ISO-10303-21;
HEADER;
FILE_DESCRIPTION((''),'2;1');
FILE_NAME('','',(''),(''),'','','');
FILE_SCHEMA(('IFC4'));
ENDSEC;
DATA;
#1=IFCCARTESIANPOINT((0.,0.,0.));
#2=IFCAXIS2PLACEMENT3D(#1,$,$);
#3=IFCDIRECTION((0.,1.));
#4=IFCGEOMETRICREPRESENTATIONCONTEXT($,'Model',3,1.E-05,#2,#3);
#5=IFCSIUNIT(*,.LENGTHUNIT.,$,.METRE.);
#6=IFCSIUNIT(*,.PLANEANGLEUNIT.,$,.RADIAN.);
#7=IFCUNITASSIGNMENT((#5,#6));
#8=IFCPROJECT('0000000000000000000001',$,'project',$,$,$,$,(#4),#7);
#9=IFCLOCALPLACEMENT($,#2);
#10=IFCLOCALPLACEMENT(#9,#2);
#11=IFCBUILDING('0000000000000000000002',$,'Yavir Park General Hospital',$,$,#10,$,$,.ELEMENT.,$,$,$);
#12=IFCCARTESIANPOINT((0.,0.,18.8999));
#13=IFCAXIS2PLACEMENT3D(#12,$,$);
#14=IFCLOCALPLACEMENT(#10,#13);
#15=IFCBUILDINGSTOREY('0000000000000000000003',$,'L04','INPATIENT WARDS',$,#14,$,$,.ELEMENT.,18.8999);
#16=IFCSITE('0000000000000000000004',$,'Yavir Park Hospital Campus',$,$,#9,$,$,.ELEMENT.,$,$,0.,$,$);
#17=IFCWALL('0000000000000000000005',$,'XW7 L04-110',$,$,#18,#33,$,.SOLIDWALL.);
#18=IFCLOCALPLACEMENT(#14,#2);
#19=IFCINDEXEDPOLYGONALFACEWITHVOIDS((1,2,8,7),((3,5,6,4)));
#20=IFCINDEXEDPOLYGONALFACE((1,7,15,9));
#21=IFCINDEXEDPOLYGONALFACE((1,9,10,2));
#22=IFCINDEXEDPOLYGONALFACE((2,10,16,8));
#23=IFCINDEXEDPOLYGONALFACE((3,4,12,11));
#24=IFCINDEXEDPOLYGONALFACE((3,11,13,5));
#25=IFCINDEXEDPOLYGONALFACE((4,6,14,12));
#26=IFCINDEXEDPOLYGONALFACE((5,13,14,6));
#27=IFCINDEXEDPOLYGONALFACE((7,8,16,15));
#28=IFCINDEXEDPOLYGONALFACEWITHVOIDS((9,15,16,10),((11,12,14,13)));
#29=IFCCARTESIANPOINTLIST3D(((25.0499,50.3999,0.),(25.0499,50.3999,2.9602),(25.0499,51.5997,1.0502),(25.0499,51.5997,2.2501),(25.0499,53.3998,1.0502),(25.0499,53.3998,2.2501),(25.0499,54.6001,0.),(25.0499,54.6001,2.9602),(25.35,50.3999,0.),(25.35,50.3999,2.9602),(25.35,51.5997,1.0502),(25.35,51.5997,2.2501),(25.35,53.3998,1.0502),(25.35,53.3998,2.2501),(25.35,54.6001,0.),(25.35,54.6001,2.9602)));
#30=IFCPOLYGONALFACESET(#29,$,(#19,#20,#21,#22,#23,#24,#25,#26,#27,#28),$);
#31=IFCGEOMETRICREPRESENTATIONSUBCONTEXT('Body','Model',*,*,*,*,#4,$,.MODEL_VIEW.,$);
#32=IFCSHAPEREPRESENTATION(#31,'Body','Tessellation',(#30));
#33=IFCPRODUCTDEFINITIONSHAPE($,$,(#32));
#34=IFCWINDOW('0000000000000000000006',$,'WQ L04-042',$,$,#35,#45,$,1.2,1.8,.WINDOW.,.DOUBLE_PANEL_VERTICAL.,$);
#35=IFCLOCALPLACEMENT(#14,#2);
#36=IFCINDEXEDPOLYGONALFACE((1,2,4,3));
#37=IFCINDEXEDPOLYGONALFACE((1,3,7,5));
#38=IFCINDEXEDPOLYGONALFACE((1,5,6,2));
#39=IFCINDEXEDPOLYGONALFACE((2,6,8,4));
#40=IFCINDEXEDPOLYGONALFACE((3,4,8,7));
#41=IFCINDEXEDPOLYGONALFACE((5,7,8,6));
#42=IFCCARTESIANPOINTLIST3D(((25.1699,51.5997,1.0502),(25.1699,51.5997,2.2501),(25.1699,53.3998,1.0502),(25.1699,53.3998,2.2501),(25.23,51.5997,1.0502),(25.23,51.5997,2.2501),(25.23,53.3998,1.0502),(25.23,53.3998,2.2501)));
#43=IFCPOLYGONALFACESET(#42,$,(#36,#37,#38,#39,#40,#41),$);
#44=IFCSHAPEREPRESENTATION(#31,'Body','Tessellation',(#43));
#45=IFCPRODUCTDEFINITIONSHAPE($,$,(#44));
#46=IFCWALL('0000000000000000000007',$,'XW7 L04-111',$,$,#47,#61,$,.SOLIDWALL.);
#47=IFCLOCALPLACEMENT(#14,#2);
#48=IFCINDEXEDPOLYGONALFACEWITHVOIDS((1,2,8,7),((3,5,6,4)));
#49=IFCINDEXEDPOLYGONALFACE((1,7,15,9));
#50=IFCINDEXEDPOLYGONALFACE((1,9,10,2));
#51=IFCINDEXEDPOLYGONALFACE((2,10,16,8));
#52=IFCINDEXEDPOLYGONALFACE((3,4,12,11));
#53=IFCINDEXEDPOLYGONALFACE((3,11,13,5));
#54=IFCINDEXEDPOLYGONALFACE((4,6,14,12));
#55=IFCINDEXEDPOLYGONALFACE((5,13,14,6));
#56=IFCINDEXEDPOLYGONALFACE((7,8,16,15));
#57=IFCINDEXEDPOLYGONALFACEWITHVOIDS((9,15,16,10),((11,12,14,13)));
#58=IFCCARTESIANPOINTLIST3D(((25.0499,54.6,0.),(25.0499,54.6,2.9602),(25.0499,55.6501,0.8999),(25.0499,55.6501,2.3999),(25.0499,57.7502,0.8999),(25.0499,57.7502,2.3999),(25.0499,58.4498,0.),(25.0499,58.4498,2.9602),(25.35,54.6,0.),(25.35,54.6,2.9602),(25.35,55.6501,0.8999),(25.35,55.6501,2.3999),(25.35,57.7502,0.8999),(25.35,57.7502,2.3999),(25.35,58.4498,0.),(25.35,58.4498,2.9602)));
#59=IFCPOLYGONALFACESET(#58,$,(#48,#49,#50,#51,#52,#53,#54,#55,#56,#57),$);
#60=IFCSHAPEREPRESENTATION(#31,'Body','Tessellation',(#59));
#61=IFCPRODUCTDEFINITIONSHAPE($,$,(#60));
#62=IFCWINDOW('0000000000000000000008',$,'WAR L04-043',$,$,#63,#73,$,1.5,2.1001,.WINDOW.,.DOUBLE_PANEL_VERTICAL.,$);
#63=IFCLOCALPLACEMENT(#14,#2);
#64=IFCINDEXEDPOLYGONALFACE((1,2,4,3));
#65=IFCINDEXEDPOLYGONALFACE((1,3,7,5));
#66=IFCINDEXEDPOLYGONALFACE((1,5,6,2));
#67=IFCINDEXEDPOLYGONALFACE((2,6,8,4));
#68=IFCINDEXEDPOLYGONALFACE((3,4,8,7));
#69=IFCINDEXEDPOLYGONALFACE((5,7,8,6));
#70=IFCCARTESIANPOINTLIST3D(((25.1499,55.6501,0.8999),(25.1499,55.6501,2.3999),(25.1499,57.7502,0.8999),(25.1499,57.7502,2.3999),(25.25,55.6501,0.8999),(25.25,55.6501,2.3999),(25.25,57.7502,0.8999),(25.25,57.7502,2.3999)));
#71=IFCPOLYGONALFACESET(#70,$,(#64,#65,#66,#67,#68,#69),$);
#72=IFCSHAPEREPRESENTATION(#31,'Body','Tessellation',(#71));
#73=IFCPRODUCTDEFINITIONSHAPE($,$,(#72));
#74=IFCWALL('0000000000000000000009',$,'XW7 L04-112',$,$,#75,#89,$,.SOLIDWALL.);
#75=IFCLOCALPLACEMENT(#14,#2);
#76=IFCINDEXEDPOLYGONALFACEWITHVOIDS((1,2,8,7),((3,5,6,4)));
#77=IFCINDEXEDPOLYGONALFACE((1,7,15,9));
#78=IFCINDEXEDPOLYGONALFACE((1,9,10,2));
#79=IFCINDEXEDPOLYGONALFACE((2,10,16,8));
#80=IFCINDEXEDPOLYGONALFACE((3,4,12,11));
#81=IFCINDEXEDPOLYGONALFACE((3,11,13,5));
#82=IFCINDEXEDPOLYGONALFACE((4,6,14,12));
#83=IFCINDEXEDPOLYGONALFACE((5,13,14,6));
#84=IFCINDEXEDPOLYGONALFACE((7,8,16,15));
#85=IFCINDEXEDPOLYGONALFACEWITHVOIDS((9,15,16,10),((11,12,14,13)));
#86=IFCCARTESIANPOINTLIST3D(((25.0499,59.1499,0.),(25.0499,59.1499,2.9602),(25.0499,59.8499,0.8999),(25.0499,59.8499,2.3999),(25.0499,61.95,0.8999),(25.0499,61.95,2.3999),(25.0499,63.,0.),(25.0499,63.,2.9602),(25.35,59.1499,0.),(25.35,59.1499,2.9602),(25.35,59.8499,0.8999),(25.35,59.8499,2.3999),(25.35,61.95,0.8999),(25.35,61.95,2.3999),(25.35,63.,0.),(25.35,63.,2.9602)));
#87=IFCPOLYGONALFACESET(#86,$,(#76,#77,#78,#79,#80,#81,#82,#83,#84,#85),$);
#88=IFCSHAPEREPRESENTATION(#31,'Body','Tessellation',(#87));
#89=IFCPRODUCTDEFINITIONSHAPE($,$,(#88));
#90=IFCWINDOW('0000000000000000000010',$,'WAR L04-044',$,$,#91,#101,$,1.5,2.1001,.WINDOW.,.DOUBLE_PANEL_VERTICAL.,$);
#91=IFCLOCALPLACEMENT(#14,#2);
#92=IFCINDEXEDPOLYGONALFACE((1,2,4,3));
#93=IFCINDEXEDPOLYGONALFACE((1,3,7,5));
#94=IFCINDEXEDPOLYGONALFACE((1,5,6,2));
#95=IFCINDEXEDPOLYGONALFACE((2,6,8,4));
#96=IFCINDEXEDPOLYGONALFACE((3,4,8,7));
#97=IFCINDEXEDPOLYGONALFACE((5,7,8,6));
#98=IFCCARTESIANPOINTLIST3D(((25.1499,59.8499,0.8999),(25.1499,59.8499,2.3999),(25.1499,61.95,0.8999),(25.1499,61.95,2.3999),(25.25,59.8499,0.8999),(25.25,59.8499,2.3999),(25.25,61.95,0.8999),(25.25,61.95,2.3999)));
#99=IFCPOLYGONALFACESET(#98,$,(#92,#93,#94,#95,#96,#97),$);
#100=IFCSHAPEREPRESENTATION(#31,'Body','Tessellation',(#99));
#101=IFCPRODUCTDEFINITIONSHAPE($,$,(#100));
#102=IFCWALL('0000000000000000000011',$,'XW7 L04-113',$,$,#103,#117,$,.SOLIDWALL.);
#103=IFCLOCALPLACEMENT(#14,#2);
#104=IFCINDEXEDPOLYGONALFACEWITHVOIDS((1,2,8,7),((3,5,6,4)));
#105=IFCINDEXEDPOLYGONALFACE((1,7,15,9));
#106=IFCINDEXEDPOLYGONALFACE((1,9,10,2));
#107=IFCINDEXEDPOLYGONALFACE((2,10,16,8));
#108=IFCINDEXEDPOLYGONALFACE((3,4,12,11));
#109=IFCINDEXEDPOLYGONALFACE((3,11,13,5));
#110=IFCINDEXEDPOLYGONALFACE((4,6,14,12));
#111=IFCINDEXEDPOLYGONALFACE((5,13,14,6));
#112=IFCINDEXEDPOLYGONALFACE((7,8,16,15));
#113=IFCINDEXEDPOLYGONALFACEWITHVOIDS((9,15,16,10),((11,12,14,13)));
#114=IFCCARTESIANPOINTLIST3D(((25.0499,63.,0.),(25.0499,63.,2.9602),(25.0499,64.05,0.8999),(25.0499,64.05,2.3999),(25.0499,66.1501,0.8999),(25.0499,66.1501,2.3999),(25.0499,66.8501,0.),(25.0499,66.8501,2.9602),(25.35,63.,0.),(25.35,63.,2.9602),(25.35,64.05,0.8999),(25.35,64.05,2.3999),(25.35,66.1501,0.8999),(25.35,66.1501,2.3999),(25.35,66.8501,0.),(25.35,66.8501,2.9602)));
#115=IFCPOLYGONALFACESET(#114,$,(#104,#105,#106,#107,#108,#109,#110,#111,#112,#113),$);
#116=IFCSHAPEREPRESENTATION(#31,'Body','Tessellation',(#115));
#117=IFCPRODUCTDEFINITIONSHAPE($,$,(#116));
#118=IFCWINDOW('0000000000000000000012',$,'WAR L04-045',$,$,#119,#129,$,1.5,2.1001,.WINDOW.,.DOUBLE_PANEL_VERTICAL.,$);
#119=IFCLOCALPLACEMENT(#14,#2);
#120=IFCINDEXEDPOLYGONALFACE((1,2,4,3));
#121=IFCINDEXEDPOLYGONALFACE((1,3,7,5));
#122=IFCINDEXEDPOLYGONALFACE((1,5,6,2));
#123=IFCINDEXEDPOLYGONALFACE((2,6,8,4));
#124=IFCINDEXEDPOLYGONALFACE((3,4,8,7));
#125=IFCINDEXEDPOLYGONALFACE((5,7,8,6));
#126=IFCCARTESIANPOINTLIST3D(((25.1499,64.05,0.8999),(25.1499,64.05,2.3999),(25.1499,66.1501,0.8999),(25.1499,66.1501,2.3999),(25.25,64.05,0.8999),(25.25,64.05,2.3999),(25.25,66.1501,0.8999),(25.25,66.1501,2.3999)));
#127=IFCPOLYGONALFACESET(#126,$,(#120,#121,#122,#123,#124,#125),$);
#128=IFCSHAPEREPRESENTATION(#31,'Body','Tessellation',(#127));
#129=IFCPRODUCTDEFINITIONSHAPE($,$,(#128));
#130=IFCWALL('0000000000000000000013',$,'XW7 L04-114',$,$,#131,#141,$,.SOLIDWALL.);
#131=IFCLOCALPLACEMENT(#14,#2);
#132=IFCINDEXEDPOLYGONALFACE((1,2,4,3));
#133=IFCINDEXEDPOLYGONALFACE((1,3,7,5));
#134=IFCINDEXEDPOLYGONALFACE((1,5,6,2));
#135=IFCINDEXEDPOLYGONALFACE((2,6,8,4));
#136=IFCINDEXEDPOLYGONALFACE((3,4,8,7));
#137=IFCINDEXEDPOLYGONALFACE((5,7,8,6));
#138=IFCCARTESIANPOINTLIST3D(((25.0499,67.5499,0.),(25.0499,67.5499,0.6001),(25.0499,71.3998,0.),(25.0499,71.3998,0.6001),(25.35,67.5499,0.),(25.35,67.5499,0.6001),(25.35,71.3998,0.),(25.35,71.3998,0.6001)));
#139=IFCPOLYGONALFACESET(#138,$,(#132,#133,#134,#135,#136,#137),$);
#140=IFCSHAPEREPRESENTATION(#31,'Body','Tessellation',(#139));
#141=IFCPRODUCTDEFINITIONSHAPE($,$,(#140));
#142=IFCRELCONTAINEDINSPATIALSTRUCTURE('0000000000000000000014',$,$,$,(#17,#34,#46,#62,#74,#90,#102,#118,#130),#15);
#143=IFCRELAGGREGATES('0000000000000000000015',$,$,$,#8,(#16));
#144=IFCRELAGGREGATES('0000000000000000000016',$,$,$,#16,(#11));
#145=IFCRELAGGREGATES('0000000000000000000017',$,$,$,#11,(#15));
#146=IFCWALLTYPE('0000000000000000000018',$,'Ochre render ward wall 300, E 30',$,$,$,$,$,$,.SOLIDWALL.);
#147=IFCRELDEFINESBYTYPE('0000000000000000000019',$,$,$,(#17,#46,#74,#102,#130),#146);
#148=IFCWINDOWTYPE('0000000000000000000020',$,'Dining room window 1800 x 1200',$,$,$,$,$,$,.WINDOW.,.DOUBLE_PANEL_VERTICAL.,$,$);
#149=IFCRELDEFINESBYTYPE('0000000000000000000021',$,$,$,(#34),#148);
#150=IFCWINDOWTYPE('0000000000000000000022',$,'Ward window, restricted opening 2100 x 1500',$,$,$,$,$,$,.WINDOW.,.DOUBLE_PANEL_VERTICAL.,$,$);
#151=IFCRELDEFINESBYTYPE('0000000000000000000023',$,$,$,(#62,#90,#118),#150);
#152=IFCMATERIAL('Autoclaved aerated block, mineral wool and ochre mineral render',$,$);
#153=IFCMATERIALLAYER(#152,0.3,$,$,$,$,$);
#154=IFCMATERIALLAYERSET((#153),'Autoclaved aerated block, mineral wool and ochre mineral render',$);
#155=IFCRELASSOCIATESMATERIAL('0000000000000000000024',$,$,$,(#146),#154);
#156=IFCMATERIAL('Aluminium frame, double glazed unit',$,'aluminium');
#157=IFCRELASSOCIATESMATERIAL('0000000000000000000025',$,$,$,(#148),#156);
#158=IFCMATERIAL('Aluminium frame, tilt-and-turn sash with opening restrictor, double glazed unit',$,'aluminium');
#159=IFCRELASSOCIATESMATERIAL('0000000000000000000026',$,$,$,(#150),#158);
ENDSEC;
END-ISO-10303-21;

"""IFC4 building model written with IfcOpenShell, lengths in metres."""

from ifc_helpers import new_model, si_unit, direction, frame, frame_2d, origin, place, context, subcontext, project, spatial, rectangle, extrude, material, layer, layer_set, type_object, element, fill, save


model = new_model("IFC4")

# Units and contexts
model_context = context("Model", 3, precision=1e-05, world=origin(), true_north=direction((0.0, 1.0)))
body_context = subcontext(model_context, "Body", "Model", "MODEL_VIEW")
ifc_project = project(units=[si_unit("LENGTHUNIT", "METRE"), si_unit("PLANEANGLEUNIT", "RADIAN")], contexts=[model_context])

# Site, building, storey
site_placement = place(None, origin())
site = spatial("IfcSite", under=ifc_project, at=site_placement, Name="Yavir Park Hospital Campus", CompositionType="ELEMENT", RefElevation=0.0)
building_placement = place(site_placement, origin())
building = spatial("IfcBuilding", under=site, at=building_placement, Name="Yavir Park General Hospital", CompositionType="ELEMENT")
storey_placement = place(building_placement, frame((0.0, 0.0, 18.8999)))
storey = spatial("IfcBuildingStorey", under=building, at=storey_placement, Name="L04", Description="INPATIENT WARDS", CompositionType="ELEMENT", Elevation=18.8999)

# Walls, openings, windows
ifc_material_1 = material(Name="Autoclaved aerated block, mineral wool and ochre mineral render")
ifc_layer_1 = layer(ifc_material_1, 0.3)
ifc_layer_set_1 = layer_set([ifc_layer_1], Name="Autoclaved aerated block, mineral wool and ochre mineral render")
wall_type = type_object("IfcWallType", Name="Ochre render ward wall 300, E 30", PredefinedType="SOLIDWALL", material=ifc_layer_set_1)
wall_1_placement = place(storey_placement, frame((25.2, 50.3999, 0.0), z_axis=(0.0, 0.0, 1.0), x_axis=(0.0, 1.0, 0.0)))
wall_1 = element("IfcWall", 1, at=wall_1_placement, inside=storey, type_object=wall_type, Name="XW7 L04-110", PredefinedType="SOLIDWALL", context=body_context, shape_type="SweptSolid", body=[
    extrude(rectangle(XDim=4.2002, YDim=0.3, at=frame_2d((2.1001, 0.0))), origin(), (0.0, 0.0, 1.0), 2.9602),
])
opening_1_placement = place(wall_1_placement, frame((1.2, 0.0, 1.05)))
opening_1 = element("IfcOpeningElement", 2, at=opening_1_placement, cuts=wall_1, PredefinedType="OPENING", context=body_context, shape_type="SweptSolid", body=[
    extrude(rectangle(XDim=1.8, YDim=1.2, at=frame_2d((0.8999, 0.6001))), frame((0.0, 0.1599, 0.0), z_axis=(0.0, -1.0, 0.0), x_axis=(1.0, 0.0, 0.0)), (0.0, 0.0, 1.0), 0.3201),
])
ifc_material_2 = material(Name="Aluminium frame, double glazed unit", Category="aluminium")
window_type_1 = type_object("IfcWindowType", Name="Dining room window 1800 x 1200", PartitioningType="DOUBLE_PANEL_VERTICAL", PredefinedType="WINDOW", material=ifc_material_2)
window_1_placement = place(opening_1_placement, origin())
window_1 = element("IfcWindow", 3, at=window_1_placement, inside=storey, type_object=window_type_1, Name="WQ L04-042", OverallHeight=1.2, OverallWidth=1.8, PartitioningType="DOUBLE_PANEL_VERTICAL", PredefinedType="WINDOW", context=body_context, shape_type="SweptSolid", body=[
    extrude(rectangle(XDim=1.8, YDim=1.2, at=frame_2d((0.8999, 0.6001))), frame((0.0, 0.03, 0.0), z_axis=(0.0, -1.0, 0.0), x_axis=(1.0, 0.0, 0.0)), (0.0, 0.0, 1.0), 0.0601),
])
fill(opening_1, window_1)
wall_2_placement = place(storey_placement, frame((25.2, 54.6001, 0.0), z_axis=(0.0, 0.0, 1.0), x_axis=(0.0, 1.0, 0.0)))
wall_2 = element("IfcWall", 4, at=wall_2_placement, inside=storey, type_object=wall_type, Name="XW7 L04-111", PredefinedType="SOLIDWALL", context=body_context, shape_type="SweptSolid", body=[
    extrude(rectangle(XDim=3.8499, YDim=0.3, at=frame_2d((1.9248, 0.0))), origin(), (0.0, 0.0, 1.0), 2.9602),
])
opening_2_placement = place(wall_2_placement, frame((1.05, 0.0, 0.8999)))
opening_2 = element("IfcOpeningElement", 5, at=opening_2_placement, cuts=wall_2, PredefinedType="OPENING", context=body_context, shape_type="SweptSolid", body=[
    extrude(rectangle(XDim=2.1001, YDim=1.5, at=frame_2d((1.05, 0.75))), frame((0.0, 0.1599, 0.0), z_axis=(0.0, -1.0, 0.0), x_axis=(1.0, 0.0, 0.0)), (0.0, 0.0, 1.0), 0.3201),
])
ifc_material_3 = material(Name="Aluminium frame, tilt-and-turn sash with opening restrictor, double glazed unit", Category="aluminium")
window_type_2 = type_object("IfcWindowType", Name="Ward window, restricted opening 2100 x 1500", PartitioningType="DOUBLE_PANEL_VERTICAL", PredefinedType="WINDOW", material=ifc_material_3)
window_2_placement = place(opening_2_placement, origin())
window_2 = element("IfcWindow", 6, at=window_2_placement, inside=storey, type_object=window_type_2, Name="WAR L04-043", OverallHeight=1.5, OverallWidth=2.1001, PartitioningType="DOUBLE_PANEL_VERTICAL", PredefinedType="WINDOW", context=body_context, shape_type="SweptSolid", body=[
    extrude(rectangle(XDim=2.1001, YDim=1.5, at=frame_2d((1.05, 0.75))), frame((0.0, 0.05, 0.0), z_axis=(0.0, -1.0, 0.0), x_axis=(1.0, 0.0, 0.0)), (0.0, 0.0, 1.0), 0.1001),
])
fill(opening_2, window_2)
wall_3_placement = place(storey_placement, frame((25.2, 59.1499, 0.0), z_axis=(0.0, 0.0, 1.0), x_axis=(0.0, 1.0, 0.0)))
wall_3 = element("IfcWall", 7, at=wall_3_placement, inside=storey, type_object=wall_type, Name="XW7 L04-112", PredefinedType="SOLIDWALL", context=body_context, shape_type="SweptSolid", body=[
    extrude(rectangle(XDim=3.8501, YDim=0.3, at=frame_2d((1.925, 0.0))), origin(), (0.0, 0.0, 1.0), 2.9602),
])
opening_3_placement = place(wall_3_placement, frame((0.7, 0.0, 0.8999)))
opening_3 = element("IfcOpeningElement", 8, at=opening_3_placement, cuts=wall_3, PredefinedType="OPENING", context=body_context, shape_type="SweptSolid", body=[
    extrude(rectangle(XDim=2.1001, YDim=1.5, at=frame_2d((1.05, 0.75))), frame((0.0, 0.1599, 0.0), z_axis=(0.0, -1.0, 0.0), x_axis=(1.0, 0.0, 0.0)), (0.0, 0.0, 1.0), 0.3201),
])
window_3_placement = place(opening_3_placement, origin())
window_3 = element("IfcWindow", 9, at=window_3_placement, inside=storey, type_object=window_type_2, Name="WAR L04-044", OverallHeight=1.5, OverallWidth=2.1001, PartitioningType="DOUBLE_PANEL_VERTICAL", PredefinedType="WINDOW", context=body_context, shape_type="SweptSolid", body=[
    extrude(rectangle(XDim=2.1001, YDim=1.5, at=frame_2d((1.05, 0.75))), frame((0.0, 0.05, 0.0), z_axis=(0.0, -1.0, 0.0), x_axis=(1.0, 0.0, 0.0)), (0.0, 0.0, 1.0), 0.1001),
])
fill(opening_3, window_3)
wall_4_placement = place(storey_placement, frame((25.2, 63.0, 0.0), z_axis=(0.0, 0.0, 1.0), x_axis=(0.0, 1.0, 0.0)))
wall_4 = element("IfcWall", 10, at=wall_4_placement, inside=storey, type_object=wall_type, Name="XW7 L04-113", PredefinedType="SOLIDWALL", context=body_context, shape_type="SweptSolid", body=[
    extrude(rectangle(XDim=3.8501, YDim=0.3, at=frame_2d((1.925, 0.0))), origin(), (0.0, 0.0, 1.0), 2.9602),
])
opening_4_placement = place(wall_4_placement, frame((1.05, 0.0, 0.8999)))
opening_4 = element("IfcOpeningElement", 11, at=opening_4_placement, cuts=wall_4, PredefinedType="OPENING", context=body_context, shape_type="SweptSolid", body=[
    extrude(rectangle(XDim=2.1001, YDim=1.5, at=frame_2d((1.05, 0.75))), frame((0.0, 0.1599, 0.0), z_axis=(0.0, -1.0, 0.0), x_axis=(1.0, 0.0, 0.0)), (0.0, 0.0, 1.0), 0.3201),
])
window_4_placement = place(opening_4_placement, origin())
window_4 = element("IfcWindow", 12, at=window_4_placement, inside=storey, type_object=window_type_2, Name="WAR L04-045", OverallHeight=1.5, OverallWidth=2.1001, PartitioningType="DOUBLE_PANEL_VERTICAL", PredefinedType="WINDOW", context=body_context, shape_type="SweptSolid", body=[
    extrude(rectangle(XDim=2.1001, YDim=1.5, at=frame_2d((1.05, 0.75))), frame((0.0, 0.05, 0.0), z_axis=(0.0, -1.0, 0.0), x_axis=(1.0, 0.0, 0.0)), (0.0, 0.0, 1.0), 0.1001),
])
fill(opening_4, window_4)

# Wall
wall_5_placement = place(storey_placement, frame((25.2, 67.55, 0.0), z_axis=(0.0, 0.0, 1.0), x_axis=(0.0, 1.0, 0.0)))
element("IfcWall", 13, at=wall_5_placement, inside=storey, type_object=wall_type, Name="XW7 L04-114", PredefinedType="SOLIDWALL", context=body_context, shape_type="SweptSolid", body=[
    extrude(rectangle(XDim=3.8499, YDim=0.3, at=frame_2d((1.9248, 0.0))), origin(), (0.0, 0.0, 1.0), 0.6001),
])

save(model, "model.ifc")
